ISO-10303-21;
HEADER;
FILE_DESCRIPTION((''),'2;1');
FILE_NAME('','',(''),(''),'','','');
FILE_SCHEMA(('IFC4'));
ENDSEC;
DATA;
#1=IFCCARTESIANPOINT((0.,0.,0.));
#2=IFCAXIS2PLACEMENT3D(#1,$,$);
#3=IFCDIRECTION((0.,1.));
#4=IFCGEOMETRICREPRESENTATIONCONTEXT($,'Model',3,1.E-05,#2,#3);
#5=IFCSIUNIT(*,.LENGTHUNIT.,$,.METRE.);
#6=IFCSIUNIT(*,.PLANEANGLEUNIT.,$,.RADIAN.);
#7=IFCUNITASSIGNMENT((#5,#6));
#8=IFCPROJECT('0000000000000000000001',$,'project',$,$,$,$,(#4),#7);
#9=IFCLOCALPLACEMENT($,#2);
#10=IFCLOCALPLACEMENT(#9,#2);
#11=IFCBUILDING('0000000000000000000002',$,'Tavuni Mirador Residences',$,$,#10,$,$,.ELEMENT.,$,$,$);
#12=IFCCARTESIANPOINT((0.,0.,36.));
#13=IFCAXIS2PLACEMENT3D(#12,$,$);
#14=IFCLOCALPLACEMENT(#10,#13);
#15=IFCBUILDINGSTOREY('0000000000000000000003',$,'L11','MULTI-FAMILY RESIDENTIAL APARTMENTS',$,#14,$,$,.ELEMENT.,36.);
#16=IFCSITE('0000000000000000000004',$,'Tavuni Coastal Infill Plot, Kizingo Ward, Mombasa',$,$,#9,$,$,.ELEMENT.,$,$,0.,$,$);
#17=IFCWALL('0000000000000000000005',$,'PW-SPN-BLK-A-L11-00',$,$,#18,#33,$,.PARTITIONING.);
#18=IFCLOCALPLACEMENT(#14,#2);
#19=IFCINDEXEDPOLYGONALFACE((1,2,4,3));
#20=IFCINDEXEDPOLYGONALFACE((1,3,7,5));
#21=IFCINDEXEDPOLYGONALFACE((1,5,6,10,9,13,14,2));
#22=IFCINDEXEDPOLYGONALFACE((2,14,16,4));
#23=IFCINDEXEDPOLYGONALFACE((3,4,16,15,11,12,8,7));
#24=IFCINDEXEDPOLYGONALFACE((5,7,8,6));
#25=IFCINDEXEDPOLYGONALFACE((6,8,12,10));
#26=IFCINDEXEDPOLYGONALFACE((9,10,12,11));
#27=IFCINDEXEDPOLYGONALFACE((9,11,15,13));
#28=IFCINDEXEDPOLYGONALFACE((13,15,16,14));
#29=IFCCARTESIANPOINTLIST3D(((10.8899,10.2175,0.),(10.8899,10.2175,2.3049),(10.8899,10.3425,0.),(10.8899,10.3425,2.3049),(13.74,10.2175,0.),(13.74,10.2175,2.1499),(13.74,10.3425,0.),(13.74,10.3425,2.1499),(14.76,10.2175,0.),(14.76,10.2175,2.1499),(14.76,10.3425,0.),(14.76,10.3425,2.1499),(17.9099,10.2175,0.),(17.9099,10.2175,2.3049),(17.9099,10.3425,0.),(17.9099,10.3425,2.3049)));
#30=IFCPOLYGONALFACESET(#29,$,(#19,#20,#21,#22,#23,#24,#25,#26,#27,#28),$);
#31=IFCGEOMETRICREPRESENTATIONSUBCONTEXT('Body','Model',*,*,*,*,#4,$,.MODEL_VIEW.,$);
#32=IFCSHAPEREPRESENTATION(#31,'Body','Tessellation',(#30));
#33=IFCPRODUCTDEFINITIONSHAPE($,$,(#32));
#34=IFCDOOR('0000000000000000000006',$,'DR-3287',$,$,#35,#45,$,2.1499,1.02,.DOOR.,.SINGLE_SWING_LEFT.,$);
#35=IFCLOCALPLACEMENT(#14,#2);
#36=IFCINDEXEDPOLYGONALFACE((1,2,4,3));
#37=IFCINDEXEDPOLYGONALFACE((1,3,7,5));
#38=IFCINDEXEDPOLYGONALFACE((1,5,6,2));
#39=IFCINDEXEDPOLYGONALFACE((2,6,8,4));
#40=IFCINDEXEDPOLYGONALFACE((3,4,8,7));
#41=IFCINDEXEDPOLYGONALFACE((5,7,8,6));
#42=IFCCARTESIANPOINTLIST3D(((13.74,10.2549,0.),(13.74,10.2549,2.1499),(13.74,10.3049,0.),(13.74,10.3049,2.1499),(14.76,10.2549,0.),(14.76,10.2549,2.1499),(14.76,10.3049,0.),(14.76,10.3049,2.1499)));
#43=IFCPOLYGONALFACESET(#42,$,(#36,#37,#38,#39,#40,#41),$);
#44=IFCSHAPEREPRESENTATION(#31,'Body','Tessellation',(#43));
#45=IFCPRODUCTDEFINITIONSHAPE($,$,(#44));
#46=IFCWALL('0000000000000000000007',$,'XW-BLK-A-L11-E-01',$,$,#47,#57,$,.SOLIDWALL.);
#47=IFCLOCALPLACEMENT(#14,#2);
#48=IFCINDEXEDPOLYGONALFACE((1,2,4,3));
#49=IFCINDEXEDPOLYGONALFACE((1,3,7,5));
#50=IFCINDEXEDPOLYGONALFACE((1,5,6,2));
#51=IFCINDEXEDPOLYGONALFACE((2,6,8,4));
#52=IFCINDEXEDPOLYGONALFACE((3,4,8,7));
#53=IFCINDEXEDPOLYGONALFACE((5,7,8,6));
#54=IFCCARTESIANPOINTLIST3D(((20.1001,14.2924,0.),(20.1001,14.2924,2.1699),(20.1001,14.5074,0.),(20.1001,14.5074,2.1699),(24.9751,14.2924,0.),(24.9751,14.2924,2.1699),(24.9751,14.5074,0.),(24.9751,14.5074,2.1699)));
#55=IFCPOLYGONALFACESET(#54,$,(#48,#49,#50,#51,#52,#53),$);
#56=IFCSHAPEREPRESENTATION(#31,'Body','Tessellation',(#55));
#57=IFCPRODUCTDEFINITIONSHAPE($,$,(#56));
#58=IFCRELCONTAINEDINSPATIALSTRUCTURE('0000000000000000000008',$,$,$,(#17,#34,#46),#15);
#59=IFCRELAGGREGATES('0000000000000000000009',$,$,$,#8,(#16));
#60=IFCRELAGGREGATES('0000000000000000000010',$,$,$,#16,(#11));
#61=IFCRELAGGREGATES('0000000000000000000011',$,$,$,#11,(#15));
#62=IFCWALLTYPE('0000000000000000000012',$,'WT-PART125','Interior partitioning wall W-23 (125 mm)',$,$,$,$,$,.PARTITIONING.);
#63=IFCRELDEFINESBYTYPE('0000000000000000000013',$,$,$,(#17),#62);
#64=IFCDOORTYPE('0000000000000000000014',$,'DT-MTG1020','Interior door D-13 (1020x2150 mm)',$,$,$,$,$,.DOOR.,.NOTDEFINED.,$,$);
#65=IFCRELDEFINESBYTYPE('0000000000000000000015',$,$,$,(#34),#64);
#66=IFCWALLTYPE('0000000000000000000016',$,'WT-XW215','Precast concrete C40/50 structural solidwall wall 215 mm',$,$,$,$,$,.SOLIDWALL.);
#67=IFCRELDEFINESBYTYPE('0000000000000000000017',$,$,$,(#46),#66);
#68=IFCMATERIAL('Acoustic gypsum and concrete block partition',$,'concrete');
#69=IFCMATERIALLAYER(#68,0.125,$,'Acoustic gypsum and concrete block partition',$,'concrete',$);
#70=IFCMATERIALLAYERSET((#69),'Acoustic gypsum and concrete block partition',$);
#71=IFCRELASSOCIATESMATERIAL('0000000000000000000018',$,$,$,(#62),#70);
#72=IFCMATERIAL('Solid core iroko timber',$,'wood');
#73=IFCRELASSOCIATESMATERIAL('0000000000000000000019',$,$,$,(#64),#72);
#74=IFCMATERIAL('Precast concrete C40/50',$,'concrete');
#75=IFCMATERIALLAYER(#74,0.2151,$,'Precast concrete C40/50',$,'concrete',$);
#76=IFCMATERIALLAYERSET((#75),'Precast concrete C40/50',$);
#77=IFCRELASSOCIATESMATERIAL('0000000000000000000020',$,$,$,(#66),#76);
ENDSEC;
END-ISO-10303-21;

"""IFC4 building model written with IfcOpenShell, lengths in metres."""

from ifc_helpers import new_model, si_unit, direction, frame, frame_2d, origin, place, context, subcontext, project, spatial, rectangle, extrude, material, layer, layer_set, type_object, element, fill, save


model = new_model("IFC4")

# Units and contexts
model_context = context("Model", 3, precision=1e-05, world=origin(), true_north=direction((0.0, 1.0)))
body_context = subcontext(model_context, "Body", "Model", "MODEL_VIEW")
ifc_project = project(units=[si_unit("LENGTHUNIT", "METRE"), si_unit("PLANEANGLEUNIT", "RADIAN")], contexts=[model_context])

# Site, building, storey
site_placement = place(None, origin())
site = spatial("IfcSite", under=ifc_project, at=site_placement, Name="Tavuni Coastal Infill Plot, Kizingo Ward, Mombasa", CompositionType="ELEMENT", RefElevation=0.0)
building_placement = place(site_placement, origin())
building = spatial("IfcBuilding", under=site, at=building_placement, Name="Tavuni Mirador Residences", CompositionType="ELEMENT")
storey_placement = place(building_placement, frame((0.0, 0.0, 36.0)))
storey = spatial("IfcBuildingStorey", under=building, at=storey_placement, Name="L11", Description="MULTI-FAMILY RESIDENTIAL APARTMENTS", CompositionType="ELEMENT", Elevation=36.0)

# Shared definitions
ifc_material_1 = material(Name="Precast concrete C40/50", Category="concrete")

# Shared definitions
ifc_material_2 = material(Name="Solid core iroko timber", Category="wood")

# Wall, opening, door
ifc_material_3 = material(Name="Acoustic gypsum and concrete block partition", Category="concrete")
ifc_layer_1 = layer(ifc_material_3, 0.125, Name="Acoustic gypsum and concrete block partition", Category="concrete")
ifc_layer_set_1 = layer_set([ifc_layer_1], Name="Acoustic gypsum and concrete block partition")
wall_type_1 = type_object("IfcWallType", Name="WT-PART125", Description="Interior partitioning wall W-23 (125 mm)", PredefinedType="PARTITIONING", material=ifc_layer_set_1)
wall_1_placement = place(storey_placement, frame((10.8899, 10.28, 0.0), z_axis=(0.0, 0.0, 1.0), x_axis=(1.0, 0.0, 0.0)))
wall_1 = element("IfcWall", 1, at=wall_1_placement, inside=storey, type_object=wall_type_1, Name="PW-SPN-BLK-A-L11-00", PredefinedType="PARTITIONING", context=body_context, shape_type="SweptSolid", body=[
    extrude(rectangle(XDim=7.02, YDim=0.125, at=frame_2d((3.51, 0.0))), origin(), (0.0, 0.0, 1.0), 2.3049),
])
opening_1_placement = place(wall_1_placement, frame((2.8501, 0.0, 0.0)))
opening_1 = element("IfcOpeningElement", 2, at=opening_1_placement, cuts=wall_1, PredefinedType="OPENING", context=body_context, shape_type="SweptSolid", body=[
    extrude(rectangle(XDim=1.02, YDim=2.1499, at=frame_2d((0.51, 1.075))), frame((0.0, 0.0725, 0.0), z_axis=(0.0, -1.0, 0.0), x_axis=(1.0, 0.0, 0.0)), (0.0, 0.0, 1.0), 0.145),
])
door_type_1 = type_object("IfcDoorType", Name="DT-MTG1020", Description="Interior door D-13 (1020x2150 mm)", OperationType="NOTDEFINED", PredefinedType="DOOR", material=ifc_material_2)
door_1_placement = place(opening_1_placement, origin())
door_1 = element("IfcDoor", 3, at=door_1_placement, inside=storey, type_object=door_type_1, Name="DR-3287", OperationType="SINGLE_SWING_LEFT", OverallHeight=2.1499, OverallWidth=1.02, PredefinedType="DOOR", context=body_context, shape_type="SweptSolid", body=[
    extrude(rectangle(XDim=1.02, YDim=2.1499, at=frame_2d((0.51, 1.075))), frame((0.0, 0.0249, 0.0), z_axis=(0.0, -1.0, 0.0), x_axis=(1.0, 0.0, 0.0)), (0.0, 0.0, 1.0), 0.05),
])
fill(opening_1, door_1)

# Wall
ifc_layer_2 = layer(ifc_material_1, 0.2151, Name="Precast concrete C40/50", Category="concrete")
ifc_layer_set_2 = layer_set([ifc_layer_2], Name="Precast concrete C40/50")
wall_type_2 = type_object("IfcWallType", Name="WT-XW215", Description="Precast concrete C40/50 structural solidwall wall 215 mm", PredefinedType="SOLIDWALL", material=ifc_layer_set_2)
wall_2_placement = place(storey_placement, frame((20.1001, 14.3999, 0.0), z_axis=(0.0, 0.0, 1.0), x_axis=(1.0, 0.0, 0.0)))
element("IfcWall", 4, at=wall_2_placement, inside=storey, type_object=wall_type_2, Name="XW-BLK-A-L11-E-01", PredefinedType="SOLIDWALL", context=body_context, shape_type="SweptSolid", body=[
    extrude(rectangle(XDim=4.875, YDim=0.2151, at=frame_2d((2.4375, 0.0))), origin(), (0.0, 0.0, 1.0), 2.1699),
])

save(model, "model.ifc")
